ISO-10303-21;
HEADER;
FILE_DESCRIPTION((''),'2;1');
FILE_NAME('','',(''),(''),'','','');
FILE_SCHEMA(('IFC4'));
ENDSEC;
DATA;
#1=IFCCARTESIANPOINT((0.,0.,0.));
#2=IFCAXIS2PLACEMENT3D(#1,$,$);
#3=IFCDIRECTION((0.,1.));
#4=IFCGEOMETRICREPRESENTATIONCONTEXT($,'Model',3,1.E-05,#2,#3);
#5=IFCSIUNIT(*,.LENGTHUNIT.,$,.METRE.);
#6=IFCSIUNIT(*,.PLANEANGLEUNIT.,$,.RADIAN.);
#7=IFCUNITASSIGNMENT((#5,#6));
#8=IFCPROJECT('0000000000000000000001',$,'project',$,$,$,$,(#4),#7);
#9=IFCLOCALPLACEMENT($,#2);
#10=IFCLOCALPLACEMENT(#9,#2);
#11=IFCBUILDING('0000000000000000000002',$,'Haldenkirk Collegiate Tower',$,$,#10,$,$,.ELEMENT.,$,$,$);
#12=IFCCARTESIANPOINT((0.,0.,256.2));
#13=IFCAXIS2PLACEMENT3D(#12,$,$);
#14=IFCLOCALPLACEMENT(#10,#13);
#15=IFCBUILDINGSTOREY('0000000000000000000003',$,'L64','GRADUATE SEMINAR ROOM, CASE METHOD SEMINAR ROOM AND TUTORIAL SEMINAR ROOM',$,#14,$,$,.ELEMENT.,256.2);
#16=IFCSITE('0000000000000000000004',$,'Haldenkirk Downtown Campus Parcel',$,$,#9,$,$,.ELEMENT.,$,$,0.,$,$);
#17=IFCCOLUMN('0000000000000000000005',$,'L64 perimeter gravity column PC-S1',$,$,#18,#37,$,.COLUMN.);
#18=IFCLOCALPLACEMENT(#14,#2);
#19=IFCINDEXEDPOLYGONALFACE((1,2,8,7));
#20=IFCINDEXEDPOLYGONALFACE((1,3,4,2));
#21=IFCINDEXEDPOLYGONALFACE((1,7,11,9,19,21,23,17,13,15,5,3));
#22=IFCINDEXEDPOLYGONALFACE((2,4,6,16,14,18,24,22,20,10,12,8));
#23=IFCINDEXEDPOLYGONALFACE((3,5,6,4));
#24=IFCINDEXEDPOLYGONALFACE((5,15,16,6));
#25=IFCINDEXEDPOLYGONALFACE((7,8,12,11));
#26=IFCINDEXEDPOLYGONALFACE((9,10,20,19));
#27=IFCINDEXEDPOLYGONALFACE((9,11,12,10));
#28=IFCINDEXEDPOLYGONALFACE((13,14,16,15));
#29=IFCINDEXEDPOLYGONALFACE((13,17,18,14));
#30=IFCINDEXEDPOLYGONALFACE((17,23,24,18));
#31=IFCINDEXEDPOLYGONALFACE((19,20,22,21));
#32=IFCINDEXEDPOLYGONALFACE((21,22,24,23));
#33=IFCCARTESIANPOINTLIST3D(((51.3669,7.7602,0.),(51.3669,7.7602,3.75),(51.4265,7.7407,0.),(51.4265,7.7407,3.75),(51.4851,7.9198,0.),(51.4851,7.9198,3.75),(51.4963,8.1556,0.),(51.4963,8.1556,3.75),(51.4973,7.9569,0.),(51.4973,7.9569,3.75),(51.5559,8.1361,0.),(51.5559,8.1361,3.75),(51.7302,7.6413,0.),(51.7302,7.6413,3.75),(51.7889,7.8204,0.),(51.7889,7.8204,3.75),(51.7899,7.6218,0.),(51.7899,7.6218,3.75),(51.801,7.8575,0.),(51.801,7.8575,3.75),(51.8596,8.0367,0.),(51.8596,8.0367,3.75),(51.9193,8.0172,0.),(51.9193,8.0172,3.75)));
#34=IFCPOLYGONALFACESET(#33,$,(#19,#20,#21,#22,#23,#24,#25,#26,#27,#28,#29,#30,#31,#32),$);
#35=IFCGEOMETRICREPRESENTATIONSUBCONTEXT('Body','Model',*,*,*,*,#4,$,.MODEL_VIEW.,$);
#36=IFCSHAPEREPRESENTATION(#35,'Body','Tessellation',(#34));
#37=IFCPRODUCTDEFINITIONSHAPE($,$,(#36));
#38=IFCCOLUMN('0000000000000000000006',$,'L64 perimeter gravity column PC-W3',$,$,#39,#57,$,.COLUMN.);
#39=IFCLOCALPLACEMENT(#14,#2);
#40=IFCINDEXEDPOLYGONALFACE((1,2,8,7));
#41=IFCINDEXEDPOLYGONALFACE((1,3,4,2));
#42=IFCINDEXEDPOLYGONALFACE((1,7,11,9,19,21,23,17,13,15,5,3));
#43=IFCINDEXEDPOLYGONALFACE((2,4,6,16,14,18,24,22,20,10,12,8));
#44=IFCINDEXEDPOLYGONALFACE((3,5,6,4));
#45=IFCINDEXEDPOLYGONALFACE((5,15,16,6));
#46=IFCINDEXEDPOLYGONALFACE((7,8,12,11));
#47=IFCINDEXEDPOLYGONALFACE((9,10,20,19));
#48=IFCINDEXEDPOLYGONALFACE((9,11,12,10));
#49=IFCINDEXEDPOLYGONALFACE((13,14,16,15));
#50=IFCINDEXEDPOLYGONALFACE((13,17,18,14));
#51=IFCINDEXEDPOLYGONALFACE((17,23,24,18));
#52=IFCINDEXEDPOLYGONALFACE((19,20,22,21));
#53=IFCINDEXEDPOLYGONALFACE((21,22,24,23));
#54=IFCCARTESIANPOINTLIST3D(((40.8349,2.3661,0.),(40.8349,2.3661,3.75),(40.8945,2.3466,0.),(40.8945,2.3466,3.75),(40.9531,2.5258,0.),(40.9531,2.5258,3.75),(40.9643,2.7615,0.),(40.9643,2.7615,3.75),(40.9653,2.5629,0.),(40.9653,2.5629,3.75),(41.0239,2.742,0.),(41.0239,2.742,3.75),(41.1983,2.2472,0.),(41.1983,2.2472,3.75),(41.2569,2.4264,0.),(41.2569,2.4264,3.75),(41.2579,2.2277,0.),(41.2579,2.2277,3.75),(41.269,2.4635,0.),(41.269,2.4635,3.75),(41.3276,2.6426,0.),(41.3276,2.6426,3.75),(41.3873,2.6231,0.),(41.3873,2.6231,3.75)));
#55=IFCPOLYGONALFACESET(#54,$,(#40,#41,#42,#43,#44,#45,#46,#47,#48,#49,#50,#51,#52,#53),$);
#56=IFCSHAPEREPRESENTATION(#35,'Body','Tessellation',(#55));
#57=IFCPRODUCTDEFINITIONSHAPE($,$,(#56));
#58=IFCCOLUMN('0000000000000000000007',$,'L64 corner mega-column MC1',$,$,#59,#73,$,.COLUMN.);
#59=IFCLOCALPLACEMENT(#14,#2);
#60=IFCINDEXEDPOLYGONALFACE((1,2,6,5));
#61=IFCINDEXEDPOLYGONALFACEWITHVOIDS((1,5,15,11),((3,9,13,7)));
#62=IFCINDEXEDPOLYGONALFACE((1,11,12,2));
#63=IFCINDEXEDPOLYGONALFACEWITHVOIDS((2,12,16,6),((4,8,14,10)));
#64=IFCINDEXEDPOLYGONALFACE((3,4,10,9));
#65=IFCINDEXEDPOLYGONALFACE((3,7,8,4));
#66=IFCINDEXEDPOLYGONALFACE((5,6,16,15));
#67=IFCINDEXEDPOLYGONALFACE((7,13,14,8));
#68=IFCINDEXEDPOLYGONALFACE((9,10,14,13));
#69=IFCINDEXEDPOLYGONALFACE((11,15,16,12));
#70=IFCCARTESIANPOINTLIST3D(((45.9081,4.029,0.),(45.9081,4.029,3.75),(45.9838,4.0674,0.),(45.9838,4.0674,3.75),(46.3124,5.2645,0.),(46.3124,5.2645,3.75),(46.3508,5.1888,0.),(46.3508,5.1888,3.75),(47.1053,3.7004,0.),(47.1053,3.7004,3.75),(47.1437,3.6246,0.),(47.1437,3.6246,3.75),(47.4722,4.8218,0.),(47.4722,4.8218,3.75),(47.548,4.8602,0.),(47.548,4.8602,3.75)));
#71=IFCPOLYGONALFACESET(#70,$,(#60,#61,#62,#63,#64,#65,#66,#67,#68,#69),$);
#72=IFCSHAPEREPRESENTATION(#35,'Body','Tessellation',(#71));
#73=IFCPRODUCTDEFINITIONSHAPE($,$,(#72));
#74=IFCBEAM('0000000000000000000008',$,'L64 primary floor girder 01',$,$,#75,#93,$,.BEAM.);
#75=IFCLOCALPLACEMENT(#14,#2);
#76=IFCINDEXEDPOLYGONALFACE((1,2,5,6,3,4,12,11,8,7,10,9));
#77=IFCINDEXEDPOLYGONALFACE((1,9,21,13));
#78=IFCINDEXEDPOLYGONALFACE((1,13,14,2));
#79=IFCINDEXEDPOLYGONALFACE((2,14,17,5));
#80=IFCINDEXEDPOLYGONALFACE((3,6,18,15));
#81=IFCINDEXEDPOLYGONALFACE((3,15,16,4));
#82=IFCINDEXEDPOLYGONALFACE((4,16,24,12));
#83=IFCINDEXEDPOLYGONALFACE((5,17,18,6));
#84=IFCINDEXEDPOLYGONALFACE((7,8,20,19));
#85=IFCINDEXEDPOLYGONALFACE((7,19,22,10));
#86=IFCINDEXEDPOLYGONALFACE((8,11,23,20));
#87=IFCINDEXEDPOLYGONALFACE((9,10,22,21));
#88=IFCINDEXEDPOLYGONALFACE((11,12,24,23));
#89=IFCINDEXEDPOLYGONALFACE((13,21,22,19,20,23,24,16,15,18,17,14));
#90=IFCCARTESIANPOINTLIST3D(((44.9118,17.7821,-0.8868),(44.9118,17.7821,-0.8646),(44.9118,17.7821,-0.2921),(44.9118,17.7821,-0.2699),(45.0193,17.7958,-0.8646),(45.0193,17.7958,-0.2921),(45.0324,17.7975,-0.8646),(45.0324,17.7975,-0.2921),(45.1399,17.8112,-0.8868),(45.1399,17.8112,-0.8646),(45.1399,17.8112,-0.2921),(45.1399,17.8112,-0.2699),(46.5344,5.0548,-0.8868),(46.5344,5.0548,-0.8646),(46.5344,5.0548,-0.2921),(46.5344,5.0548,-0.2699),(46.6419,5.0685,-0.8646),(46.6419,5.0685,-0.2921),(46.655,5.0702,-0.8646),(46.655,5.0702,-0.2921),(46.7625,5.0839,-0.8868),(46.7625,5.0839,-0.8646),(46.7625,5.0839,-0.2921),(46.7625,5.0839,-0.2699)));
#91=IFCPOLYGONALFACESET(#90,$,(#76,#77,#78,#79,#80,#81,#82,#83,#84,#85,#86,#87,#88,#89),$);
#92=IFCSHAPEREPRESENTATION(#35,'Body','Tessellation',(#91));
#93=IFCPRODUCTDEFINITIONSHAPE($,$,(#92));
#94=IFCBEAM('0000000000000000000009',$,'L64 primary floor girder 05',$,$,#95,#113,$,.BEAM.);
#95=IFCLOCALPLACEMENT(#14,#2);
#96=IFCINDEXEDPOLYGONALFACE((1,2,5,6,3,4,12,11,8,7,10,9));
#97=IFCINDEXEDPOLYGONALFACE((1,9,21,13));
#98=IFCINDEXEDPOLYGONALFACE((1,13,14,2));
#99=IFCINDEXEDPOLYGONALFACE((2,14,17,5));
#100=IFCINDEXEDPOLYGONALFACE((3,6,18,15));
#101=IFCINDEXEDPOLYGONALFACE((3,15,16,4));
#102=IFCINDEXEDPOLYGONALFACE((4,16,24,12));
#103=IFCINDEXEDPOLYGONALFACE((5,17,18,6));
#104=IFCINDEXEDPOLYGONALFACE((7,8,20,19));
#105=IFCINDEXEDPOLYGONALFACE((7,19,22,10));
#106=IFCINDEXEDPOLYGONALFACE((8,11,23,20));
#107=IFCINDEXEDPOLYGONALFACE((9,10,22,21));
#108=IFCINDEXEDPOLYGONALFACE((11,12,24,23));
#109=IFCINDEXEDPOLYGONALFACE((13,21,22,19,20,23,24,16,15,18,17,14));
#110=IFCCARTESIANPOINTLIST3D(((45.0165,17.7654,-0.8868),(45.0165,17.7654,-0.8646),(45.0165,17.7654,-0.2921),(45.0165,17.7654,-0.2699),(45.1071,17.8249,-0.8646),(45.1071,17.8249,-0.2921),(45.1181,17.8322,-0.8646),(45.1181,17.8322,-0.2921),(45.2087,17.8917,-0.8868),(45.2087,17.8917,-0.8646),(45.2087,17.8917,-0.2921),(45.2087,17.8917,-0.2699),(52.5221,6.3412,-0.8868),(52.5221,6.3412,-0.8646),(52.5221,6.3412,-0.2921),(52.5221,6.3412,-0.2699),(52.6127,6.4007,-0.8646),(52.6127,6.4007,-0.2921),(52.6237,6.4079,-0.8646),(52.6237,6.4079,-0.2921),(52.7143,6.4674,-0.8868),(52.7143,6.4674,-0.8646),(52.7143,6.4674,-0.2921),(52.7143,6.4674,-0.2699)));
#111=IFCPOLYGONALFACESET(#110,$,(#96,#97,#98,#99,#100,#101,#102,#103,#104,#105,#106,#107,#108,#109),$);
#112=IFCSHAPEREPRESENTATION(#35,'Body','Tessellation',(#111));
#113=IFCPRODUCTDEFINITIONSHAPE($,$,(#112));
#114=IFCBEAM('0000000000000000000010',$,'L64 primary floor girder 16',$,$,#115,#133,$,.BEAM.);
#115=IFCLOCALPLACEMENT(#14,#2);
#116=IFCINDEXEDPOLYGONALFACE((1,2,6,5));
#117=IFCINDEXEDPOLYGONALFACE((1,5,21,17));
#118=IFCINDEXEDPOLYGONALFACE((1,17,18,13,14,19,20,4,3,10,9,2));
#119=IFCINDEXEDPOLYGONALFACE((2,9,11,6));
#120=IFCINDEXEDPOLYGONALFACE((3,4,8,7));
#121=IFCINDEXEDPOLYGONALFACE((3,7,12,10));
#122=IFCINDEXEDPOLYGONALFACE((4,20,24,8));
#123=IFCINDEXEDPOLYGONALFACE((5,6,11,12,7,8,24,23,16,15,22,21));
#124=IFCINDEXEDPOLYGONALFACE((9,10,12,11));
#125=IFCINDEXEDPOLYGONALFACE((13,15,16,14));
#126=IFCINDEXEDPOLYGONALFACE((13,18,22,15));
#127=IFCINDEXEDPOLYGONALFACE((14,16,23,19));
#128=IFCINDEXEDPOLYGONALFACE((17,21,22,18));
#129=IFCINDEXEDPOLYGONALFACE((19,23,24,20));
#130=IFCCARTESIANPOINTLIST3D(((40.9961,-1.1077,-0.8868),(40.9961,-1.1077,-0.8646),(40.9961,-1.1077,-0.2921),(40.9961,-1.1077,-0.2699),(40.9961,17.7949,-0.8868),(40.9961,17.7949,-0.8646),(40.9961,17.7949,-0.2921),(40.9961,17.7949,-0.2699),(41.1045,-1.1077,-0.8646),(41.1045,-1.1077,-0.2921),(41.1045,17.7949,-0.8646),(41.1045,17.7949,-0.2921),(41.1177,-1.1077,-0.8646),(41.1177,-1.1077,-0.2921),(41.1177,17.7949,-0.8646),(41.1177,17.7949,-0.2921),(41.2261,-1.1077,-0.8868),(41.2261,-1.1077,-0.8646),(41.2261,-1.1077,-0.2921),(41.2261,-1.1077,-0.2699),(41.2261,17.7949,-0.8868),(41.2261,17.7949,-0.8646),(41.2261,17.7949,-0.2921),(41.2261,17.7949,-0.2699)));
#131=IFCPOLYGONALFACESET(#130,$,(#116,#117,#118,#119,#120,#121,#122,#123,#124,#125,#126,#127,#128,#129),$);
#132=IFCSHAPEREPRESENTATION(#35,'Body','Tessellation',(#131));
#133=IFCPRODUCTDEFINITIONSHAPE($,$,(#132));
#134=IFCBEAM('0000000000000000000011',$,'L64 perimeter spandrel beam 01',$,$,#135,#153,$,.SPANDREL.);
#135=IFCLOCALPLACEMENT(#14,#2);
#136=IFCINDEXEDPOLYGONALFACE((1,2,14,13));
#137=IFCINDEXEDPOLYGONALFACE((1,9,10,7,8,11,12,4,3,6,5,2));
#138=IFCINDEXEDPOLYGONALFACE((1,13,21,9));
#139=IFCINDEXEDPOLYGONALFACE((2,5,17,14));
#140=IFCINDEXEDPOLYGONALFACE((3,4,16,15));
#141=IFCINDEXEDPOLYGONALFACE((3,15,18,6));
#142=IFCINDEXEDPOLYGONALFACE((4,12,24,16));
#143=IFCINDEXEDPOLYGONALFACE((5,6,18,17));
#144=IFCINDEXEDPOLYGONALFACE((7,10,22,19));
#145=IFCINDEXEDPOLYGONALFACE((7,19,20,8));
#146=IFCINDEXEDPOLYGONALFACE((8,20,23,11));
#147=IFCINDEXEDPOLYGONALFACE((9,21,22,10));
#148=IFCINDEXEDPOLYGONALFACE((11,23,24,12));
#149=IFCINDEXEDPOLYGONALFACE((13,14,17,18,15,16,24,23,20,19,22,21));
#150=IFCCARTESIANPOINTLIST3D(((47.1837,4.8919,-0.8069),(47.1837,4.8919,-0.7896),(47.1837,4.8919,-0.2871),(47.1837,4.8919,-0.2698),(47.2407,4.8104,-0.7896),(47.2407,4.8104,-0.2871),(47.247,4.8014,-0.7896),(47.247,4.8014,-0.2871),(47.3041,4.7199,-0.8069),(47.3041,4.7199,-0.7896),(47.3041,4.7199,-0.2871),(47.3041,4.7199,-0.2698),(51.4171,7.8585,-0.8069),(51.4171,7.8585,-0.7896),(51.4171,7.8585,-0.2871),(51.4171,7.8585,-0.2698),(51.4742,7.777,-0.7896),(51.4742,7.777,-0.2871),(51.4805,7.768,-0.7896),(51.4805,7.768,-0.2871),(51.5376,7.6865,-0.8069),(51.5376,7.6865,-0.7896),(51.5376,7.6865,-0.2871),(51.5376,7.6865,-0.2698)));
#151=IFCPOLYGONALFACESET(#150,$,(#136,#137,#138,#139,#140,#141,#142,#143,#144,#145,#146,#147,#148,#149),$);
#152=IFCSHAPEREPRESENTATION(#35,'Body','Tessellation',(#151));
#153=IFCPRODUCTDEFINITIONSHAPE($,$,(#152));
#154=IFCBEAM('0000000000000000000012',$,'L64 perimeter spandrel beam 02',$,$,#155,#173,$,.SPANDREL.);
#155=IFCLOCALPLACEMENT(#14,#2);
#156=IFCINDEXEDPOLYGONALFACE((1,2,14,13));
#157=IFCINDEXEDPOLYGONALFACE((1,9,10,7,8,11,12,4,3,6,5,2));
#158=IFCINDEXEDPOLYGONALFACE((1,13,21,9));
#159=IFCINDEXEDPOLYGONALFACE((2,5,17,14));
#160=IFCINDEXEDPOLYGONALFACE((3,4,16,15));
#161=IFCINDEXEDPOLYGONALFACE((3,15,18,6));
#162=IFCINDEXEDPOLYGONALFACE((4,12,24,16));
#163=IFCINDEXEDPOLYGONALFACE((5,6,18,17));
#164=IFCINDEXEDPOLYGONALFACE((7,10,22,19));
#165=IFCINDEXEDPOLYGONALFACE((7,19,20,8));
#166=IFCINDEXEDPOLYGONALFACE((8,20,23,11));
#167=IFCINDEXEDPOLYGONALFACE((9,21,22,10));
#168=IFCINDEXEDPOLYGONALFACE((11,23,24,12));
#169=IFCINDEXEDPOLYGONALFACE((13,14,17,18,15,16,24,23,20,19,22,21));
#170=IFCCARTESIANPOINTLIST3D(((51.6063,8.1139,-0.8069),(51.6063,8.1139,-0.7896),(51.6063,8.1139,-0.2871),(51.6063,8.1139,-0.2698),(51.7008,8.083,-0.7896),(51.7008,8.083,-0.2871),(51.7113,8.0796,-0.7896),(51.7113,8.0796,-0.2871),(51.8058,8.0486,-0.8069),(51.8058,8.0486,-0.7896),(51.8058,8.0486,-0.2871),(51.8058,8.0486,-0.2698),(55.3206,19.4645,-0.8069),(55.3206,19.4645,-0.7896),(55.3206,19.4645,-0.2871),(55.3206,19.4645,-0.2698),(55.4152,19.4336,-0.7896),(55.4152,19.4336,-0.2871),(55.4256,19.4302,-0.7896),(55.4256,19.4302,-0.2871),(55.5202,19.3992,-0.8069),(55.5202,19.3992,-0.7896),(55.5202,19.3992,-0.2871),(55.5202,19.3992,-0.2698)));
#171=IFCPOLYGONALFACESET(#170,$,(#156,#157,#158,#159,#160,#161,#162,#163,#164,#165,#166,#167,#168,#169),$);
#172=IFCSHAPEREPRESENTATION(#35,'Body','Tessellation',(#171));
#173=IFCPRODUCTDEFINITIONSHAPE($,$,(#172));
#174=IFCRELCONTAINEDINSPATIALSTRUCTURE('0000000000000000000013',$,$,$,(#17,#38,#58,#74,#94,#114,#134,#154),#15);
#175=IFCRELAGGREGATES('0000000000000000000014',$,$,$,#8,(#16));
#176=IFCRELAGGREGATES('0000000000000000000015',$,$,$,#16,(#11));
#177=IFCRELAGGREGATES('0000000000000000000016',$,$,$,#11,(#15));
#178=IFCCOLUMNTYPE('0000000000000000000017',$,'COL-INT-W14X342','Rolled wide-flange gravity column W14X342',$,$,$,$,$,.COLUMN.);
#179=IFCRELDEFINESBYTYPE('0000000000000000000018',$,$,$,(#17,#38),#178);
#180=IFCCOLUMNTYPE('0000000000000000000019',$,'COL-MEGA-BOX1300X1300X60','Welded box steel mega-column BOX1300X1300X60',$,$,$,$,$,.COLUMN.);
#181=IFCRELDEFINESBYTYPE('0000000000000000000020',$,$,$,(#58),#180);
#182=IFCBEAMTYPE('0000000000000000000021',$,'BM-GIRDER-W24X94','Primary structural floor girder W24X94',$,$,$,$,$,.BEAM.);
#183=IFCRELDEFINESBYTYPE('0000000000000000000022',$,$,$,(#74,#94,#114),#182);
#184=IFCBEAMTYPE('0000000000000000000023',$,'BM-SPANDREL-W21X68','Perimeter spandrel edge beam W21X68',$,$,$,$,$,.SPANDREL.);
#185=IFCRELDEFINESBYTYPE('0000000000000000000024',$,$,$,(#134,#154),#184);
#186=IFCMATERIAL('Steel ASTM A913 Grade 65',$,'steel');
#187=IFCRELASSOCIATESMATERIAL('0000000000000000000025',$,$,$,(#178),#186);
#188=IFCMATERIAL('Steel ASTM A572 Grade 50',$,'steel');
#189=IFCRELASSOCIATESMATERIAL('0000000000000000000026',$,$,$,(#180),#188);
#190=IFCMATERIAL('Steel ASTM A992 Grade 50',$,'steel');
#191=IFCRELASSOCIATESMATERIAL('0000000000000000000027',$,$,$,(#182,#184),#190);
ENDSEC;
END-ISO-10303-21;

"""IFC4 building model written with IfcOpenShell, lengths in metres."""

from ifc_helpers import new_model, si_unit, direction, frame, origin, origin_2d, place, context, subcontext, project, spatial, hollow_rectangle, i_section, extrude, material, material_profile, profile_set, type_object, element, save


model = new_model("IFC4")

# Units and contexts
model_context = context("Model", 3, precision=1e-05, world=origin(), true_north=direction((0.0, 1.0)))
body_context = subcontext(model_context, "Body", "Model", "MODEL_VIEW")
ifc_project = project(units=[si_unit("LENGTHUNIT", "METRE"), si_unit("PLANEANGLEUNIT", "RADIAN")], contexts=[model_context])

# Site, building, storey
site_placement = place(None, origin())
site = spatial("IfcSite", under=ifc_project, at=site_placement, Name="Haldenkirk Downtown Campus Parcel", CompositionType="ELEMENT", RefElevation=0.0)
building_placement = place(site_placement, origin())
building = spatial("IfcBuilding", under=site, at=building_placement, Name="Haldenkirk Collegiate Tower", CompositionType="ELEMENT")
storey_placement = place(building_placement, frame((0.0, 0.0, 256.2)))
storey = spatial("IfcBuildingStorey", under=building, at=storey_placement, Name="L64", Description="GRADUATE SEMINAR ROOM, CASE METHOD SEMINAR ROOM AND TUTORIAL SEMINAR ROOM", CompositionType="ELEMENT", Elevation=256.2)

# Columns
ifc_material_1 = material(Name="Steel ASTM A913 Grade 65", Category="steel")
ifc_material_profile_1 = material_profile(ifc_material_1, i_section(OverallWidth=0.416, OverallDepth=0.4451, WebThickness=0.0391, FlangeThickness=0.0627, at=origin_2d()), Name="W14X342")
ifc_profile_set_1 = profile_set([ifc_material_profile_1], Name="Steel ASTM A913 Grade 65")
column_type_1 = type_object("IfcColumnType", Name="COL-INT-W14X342", Description="Rolled wide-flange gravity column W14X342", PredefinedType="COLUMN", material=ifc_profile_set_1)
for number, where, z_axis, x_axis, name in (
    (1, (51.6431, 7.8887, 0.0), (0.0, 0.0, 1.0), (0.311008, 0.950407, 0.0), "L64 perimeter gravity column PC-S1"),
    (2, (41.1111, 2.4946, 0.0), (0.0, 0.0, 1.0), (0.311008, 0.950407, 0.0), "L64 perimeter gravity column PC-W3"),
):
    element("IfcColumn", number, at=place(storey_placement, frame(where, z_axis=z_axis, x_axis=x_axis)), inside=storey, type_object=column_type_1, Name=name, PredefinedType="COLUMN", context=body_context, shape_type="SweptSolid", body=[
        extrude(i_section(OverallWidth=0.416, OverallDepth=0.4451, WebThickness=0.0391, FlangeThickness=0.0627, at=origin_2d()), origin(), (0.0, 0.0, 1.0), 3.75),
    ])
ifc_material_2 = material(Name="Steel ASTM A572 Grade 50", Category="steel")
ifc_material_profile_2 = material_profile(ifc_material_2, hollow_rectangle(XDim=1.3, YDim=1.3, WallThickness=0.0601, at=origin_2d()), Name="BOX1300X1300X60")
ifc_profile_set_2 = profile_set([ifc_material_profile_2], Name="Steel ASTM A572 Grade 50")
column_type_2 = type_object("IfcColumnType", Name="COL-MEGA-BOX1300X1300X60", Description="Welded box steel mega-column BOX1300X1300X60", PredefinedType="COLUMN", material=ifc_profile_set_2)
column_placement = place(storey_placement, frame((46.728, 4.4446, 0.0), z_axis=(0.0, 0.0, 1.0), x_axis=(0.311008, 0.950407, 0.0)))
element("IfcColumn", 3, at=column_placement, inside=storey, type_object=column_type_2, Name="L64 corner mega-column MC1", PredefinedType="COLUMN", context=body_context, shape_type="SweptSolid", body=[
    extrude(hollow_rectangle(XDim=1.3, YDim=1.3, WallThickness=0.0601, at=origin_2d()), origin(), (0.0, 0.0, 1.0), 3.75),
])

# Beams
ifc_material_3 = material(Name="Steel ASTM A992 Grade 50", Category="steel")
ifc_material_profile_3 = material_profile(ifc_material_3, i_section(OverallWidth=0.23, OverallDepth=0.6169, WebThickness=0.0132, FlangeThickness=0.0222, at=origin_2d()), Name="W24X94")
ifc_profile_set_3 = profile_set([ifc_material_profile_3], Name="Steel ASTM A992 Grade 50")
beam_type_1 = type_object("IfcBeamType", Name="BM-GIRDER-W24X94", Description="Primary structural floor girder W24X94", PredefinedType="BEAM", material=ifc_profile_set_3)
beam_1_placement = place(storey_placement, frame((46.6484, 5.0693, -0.5784), z_axis=(-0.126463, 0.991971, 0.0), x_axis=(-0.991971, -0.126463, 0.0)))
element("IfcBeam", 4, at=beam_1_placement, inside=storey, type_object=beam_type_1, Name="L64 primary floor girder 01", PredefinedType="BEAM", context=body_context, shape_type="SweptSolid", body=[
    extrude(i_section(OverallWidth=0.23, OverallDepth=0.6169, WebThickness=0.0132, FlangeThickness=0.0222, at=origin_2d()), origin(), (0.0, 0.0, 1.0), 12.8303),
])
beam_2_placement = place(storey_placement, frame((52.6182, 6.4043, -0.5784), z_axis=(-0.549086, 0.835766, 0.0), x_axis=(-0.835766, -0.549086, 0.0)))
element("IfcBeam", 5, at=beam_2_placement, inside=storey, type_object=beam_type_1, Name="L64 primary floor girder 05", PredefinedType="BEAM", context=body_context, shape_type="SweptSolid", body=[
    extrude(i_section(OverallWidth=0.23, OverallDepth=0.6169, WebThickness=0.0132, FlangeThickness=0.0222, at=origin_2d()), origin(), (0.0, 0.0, 1.0), 13.6692),
])
beam_3_placement = place(storey_placement, frame((41.1111, -1.1077, -0.5784), z_axis=(0.0, 1.0, 0.0), x_axis=(-1.0, 0.0, 0.0)))
element("IfcBeam", 6, at=beam_3_placement, inside=storey, type_object=beam_type_1, Name="L64 primary floor girder 16", PredefinedType="BEAM", context=body_context, shape_type="SweptSolid", body=[
    extrude(i_section(OverallWidth=0.23, OverallDepth=0.6169, WebThickness=0.0132, FlangeThickness=0.0222, at=origin_2d()), origin(), (0.0, 0.0, 1.0), 18.9026),
])
ifc_material_profile_4 = material_profile(ifc_material_3, i_section(OverallWidth=0.21, OverallDepth=0.5371, WebThickness=0.011, FlangeThickness=0.0173, at=origin_2d()), Name="W21X68")
ifc_profile_set_4 = profile_set([ifc_material_profile_4], Name="Steel ASTM A992 Grade 50")
beam_type_2 = type_object("IfcBeamType", Name="BM-SPANDREL-W21X68", Description="Perimeter spandrel edge beam W21X68", PredefinedType="SPANDREL", material=ifc_profile_set_4)
beam_4_placement = place(storey_placement, frame((47.2439, 4.8059, -0.5383), z_axis=(0.818943, 0.573874, 0.0), x_axis=(-0.573874, 0.818943, 0.0)))
element("IfcBeam", 7, at=beam_4_placement, inside=storey, type_object=beam_type_2, Name="L64 perimeter spandrel beam 01", PredefinedType="SPANDREL", context=body_context, shape_type="SweptSolid", body=[
    extrude(i_section(OverallWidth=0.21, OverallDepth=0.5371, WebThickness=0.011, FlangeThickness=0.0173, at=origin_2d()), origin(), (0.0, 0.0, 1.0), 5.1694),
])
beam_5_placement = place(storey_placement, frame((51.7061, 8.0813, -0.5383), z_axis=(0.31101, 0.950407, 0.0), x_axis=(-0.950407, 0.31101, 0.0)))
element("IfcBeam", 8, at=beam_5_placement, inside=storey, type_object=beam_type_2, Name="L64 perimeter spandrel beam 02", PredefinedType="SPANDREL", context=body_context, shape_type="SweptSolid", body=[
    extrude(i_section(OverallWidth=0.21, OverallDepth=0.5371, WebThickness=0.011, FlangeThickness=0.0173, at=origin_2d()), origin(), (0.0, 0.0, 1.0), 11.9429),
])

save(model, "model.ifc")
